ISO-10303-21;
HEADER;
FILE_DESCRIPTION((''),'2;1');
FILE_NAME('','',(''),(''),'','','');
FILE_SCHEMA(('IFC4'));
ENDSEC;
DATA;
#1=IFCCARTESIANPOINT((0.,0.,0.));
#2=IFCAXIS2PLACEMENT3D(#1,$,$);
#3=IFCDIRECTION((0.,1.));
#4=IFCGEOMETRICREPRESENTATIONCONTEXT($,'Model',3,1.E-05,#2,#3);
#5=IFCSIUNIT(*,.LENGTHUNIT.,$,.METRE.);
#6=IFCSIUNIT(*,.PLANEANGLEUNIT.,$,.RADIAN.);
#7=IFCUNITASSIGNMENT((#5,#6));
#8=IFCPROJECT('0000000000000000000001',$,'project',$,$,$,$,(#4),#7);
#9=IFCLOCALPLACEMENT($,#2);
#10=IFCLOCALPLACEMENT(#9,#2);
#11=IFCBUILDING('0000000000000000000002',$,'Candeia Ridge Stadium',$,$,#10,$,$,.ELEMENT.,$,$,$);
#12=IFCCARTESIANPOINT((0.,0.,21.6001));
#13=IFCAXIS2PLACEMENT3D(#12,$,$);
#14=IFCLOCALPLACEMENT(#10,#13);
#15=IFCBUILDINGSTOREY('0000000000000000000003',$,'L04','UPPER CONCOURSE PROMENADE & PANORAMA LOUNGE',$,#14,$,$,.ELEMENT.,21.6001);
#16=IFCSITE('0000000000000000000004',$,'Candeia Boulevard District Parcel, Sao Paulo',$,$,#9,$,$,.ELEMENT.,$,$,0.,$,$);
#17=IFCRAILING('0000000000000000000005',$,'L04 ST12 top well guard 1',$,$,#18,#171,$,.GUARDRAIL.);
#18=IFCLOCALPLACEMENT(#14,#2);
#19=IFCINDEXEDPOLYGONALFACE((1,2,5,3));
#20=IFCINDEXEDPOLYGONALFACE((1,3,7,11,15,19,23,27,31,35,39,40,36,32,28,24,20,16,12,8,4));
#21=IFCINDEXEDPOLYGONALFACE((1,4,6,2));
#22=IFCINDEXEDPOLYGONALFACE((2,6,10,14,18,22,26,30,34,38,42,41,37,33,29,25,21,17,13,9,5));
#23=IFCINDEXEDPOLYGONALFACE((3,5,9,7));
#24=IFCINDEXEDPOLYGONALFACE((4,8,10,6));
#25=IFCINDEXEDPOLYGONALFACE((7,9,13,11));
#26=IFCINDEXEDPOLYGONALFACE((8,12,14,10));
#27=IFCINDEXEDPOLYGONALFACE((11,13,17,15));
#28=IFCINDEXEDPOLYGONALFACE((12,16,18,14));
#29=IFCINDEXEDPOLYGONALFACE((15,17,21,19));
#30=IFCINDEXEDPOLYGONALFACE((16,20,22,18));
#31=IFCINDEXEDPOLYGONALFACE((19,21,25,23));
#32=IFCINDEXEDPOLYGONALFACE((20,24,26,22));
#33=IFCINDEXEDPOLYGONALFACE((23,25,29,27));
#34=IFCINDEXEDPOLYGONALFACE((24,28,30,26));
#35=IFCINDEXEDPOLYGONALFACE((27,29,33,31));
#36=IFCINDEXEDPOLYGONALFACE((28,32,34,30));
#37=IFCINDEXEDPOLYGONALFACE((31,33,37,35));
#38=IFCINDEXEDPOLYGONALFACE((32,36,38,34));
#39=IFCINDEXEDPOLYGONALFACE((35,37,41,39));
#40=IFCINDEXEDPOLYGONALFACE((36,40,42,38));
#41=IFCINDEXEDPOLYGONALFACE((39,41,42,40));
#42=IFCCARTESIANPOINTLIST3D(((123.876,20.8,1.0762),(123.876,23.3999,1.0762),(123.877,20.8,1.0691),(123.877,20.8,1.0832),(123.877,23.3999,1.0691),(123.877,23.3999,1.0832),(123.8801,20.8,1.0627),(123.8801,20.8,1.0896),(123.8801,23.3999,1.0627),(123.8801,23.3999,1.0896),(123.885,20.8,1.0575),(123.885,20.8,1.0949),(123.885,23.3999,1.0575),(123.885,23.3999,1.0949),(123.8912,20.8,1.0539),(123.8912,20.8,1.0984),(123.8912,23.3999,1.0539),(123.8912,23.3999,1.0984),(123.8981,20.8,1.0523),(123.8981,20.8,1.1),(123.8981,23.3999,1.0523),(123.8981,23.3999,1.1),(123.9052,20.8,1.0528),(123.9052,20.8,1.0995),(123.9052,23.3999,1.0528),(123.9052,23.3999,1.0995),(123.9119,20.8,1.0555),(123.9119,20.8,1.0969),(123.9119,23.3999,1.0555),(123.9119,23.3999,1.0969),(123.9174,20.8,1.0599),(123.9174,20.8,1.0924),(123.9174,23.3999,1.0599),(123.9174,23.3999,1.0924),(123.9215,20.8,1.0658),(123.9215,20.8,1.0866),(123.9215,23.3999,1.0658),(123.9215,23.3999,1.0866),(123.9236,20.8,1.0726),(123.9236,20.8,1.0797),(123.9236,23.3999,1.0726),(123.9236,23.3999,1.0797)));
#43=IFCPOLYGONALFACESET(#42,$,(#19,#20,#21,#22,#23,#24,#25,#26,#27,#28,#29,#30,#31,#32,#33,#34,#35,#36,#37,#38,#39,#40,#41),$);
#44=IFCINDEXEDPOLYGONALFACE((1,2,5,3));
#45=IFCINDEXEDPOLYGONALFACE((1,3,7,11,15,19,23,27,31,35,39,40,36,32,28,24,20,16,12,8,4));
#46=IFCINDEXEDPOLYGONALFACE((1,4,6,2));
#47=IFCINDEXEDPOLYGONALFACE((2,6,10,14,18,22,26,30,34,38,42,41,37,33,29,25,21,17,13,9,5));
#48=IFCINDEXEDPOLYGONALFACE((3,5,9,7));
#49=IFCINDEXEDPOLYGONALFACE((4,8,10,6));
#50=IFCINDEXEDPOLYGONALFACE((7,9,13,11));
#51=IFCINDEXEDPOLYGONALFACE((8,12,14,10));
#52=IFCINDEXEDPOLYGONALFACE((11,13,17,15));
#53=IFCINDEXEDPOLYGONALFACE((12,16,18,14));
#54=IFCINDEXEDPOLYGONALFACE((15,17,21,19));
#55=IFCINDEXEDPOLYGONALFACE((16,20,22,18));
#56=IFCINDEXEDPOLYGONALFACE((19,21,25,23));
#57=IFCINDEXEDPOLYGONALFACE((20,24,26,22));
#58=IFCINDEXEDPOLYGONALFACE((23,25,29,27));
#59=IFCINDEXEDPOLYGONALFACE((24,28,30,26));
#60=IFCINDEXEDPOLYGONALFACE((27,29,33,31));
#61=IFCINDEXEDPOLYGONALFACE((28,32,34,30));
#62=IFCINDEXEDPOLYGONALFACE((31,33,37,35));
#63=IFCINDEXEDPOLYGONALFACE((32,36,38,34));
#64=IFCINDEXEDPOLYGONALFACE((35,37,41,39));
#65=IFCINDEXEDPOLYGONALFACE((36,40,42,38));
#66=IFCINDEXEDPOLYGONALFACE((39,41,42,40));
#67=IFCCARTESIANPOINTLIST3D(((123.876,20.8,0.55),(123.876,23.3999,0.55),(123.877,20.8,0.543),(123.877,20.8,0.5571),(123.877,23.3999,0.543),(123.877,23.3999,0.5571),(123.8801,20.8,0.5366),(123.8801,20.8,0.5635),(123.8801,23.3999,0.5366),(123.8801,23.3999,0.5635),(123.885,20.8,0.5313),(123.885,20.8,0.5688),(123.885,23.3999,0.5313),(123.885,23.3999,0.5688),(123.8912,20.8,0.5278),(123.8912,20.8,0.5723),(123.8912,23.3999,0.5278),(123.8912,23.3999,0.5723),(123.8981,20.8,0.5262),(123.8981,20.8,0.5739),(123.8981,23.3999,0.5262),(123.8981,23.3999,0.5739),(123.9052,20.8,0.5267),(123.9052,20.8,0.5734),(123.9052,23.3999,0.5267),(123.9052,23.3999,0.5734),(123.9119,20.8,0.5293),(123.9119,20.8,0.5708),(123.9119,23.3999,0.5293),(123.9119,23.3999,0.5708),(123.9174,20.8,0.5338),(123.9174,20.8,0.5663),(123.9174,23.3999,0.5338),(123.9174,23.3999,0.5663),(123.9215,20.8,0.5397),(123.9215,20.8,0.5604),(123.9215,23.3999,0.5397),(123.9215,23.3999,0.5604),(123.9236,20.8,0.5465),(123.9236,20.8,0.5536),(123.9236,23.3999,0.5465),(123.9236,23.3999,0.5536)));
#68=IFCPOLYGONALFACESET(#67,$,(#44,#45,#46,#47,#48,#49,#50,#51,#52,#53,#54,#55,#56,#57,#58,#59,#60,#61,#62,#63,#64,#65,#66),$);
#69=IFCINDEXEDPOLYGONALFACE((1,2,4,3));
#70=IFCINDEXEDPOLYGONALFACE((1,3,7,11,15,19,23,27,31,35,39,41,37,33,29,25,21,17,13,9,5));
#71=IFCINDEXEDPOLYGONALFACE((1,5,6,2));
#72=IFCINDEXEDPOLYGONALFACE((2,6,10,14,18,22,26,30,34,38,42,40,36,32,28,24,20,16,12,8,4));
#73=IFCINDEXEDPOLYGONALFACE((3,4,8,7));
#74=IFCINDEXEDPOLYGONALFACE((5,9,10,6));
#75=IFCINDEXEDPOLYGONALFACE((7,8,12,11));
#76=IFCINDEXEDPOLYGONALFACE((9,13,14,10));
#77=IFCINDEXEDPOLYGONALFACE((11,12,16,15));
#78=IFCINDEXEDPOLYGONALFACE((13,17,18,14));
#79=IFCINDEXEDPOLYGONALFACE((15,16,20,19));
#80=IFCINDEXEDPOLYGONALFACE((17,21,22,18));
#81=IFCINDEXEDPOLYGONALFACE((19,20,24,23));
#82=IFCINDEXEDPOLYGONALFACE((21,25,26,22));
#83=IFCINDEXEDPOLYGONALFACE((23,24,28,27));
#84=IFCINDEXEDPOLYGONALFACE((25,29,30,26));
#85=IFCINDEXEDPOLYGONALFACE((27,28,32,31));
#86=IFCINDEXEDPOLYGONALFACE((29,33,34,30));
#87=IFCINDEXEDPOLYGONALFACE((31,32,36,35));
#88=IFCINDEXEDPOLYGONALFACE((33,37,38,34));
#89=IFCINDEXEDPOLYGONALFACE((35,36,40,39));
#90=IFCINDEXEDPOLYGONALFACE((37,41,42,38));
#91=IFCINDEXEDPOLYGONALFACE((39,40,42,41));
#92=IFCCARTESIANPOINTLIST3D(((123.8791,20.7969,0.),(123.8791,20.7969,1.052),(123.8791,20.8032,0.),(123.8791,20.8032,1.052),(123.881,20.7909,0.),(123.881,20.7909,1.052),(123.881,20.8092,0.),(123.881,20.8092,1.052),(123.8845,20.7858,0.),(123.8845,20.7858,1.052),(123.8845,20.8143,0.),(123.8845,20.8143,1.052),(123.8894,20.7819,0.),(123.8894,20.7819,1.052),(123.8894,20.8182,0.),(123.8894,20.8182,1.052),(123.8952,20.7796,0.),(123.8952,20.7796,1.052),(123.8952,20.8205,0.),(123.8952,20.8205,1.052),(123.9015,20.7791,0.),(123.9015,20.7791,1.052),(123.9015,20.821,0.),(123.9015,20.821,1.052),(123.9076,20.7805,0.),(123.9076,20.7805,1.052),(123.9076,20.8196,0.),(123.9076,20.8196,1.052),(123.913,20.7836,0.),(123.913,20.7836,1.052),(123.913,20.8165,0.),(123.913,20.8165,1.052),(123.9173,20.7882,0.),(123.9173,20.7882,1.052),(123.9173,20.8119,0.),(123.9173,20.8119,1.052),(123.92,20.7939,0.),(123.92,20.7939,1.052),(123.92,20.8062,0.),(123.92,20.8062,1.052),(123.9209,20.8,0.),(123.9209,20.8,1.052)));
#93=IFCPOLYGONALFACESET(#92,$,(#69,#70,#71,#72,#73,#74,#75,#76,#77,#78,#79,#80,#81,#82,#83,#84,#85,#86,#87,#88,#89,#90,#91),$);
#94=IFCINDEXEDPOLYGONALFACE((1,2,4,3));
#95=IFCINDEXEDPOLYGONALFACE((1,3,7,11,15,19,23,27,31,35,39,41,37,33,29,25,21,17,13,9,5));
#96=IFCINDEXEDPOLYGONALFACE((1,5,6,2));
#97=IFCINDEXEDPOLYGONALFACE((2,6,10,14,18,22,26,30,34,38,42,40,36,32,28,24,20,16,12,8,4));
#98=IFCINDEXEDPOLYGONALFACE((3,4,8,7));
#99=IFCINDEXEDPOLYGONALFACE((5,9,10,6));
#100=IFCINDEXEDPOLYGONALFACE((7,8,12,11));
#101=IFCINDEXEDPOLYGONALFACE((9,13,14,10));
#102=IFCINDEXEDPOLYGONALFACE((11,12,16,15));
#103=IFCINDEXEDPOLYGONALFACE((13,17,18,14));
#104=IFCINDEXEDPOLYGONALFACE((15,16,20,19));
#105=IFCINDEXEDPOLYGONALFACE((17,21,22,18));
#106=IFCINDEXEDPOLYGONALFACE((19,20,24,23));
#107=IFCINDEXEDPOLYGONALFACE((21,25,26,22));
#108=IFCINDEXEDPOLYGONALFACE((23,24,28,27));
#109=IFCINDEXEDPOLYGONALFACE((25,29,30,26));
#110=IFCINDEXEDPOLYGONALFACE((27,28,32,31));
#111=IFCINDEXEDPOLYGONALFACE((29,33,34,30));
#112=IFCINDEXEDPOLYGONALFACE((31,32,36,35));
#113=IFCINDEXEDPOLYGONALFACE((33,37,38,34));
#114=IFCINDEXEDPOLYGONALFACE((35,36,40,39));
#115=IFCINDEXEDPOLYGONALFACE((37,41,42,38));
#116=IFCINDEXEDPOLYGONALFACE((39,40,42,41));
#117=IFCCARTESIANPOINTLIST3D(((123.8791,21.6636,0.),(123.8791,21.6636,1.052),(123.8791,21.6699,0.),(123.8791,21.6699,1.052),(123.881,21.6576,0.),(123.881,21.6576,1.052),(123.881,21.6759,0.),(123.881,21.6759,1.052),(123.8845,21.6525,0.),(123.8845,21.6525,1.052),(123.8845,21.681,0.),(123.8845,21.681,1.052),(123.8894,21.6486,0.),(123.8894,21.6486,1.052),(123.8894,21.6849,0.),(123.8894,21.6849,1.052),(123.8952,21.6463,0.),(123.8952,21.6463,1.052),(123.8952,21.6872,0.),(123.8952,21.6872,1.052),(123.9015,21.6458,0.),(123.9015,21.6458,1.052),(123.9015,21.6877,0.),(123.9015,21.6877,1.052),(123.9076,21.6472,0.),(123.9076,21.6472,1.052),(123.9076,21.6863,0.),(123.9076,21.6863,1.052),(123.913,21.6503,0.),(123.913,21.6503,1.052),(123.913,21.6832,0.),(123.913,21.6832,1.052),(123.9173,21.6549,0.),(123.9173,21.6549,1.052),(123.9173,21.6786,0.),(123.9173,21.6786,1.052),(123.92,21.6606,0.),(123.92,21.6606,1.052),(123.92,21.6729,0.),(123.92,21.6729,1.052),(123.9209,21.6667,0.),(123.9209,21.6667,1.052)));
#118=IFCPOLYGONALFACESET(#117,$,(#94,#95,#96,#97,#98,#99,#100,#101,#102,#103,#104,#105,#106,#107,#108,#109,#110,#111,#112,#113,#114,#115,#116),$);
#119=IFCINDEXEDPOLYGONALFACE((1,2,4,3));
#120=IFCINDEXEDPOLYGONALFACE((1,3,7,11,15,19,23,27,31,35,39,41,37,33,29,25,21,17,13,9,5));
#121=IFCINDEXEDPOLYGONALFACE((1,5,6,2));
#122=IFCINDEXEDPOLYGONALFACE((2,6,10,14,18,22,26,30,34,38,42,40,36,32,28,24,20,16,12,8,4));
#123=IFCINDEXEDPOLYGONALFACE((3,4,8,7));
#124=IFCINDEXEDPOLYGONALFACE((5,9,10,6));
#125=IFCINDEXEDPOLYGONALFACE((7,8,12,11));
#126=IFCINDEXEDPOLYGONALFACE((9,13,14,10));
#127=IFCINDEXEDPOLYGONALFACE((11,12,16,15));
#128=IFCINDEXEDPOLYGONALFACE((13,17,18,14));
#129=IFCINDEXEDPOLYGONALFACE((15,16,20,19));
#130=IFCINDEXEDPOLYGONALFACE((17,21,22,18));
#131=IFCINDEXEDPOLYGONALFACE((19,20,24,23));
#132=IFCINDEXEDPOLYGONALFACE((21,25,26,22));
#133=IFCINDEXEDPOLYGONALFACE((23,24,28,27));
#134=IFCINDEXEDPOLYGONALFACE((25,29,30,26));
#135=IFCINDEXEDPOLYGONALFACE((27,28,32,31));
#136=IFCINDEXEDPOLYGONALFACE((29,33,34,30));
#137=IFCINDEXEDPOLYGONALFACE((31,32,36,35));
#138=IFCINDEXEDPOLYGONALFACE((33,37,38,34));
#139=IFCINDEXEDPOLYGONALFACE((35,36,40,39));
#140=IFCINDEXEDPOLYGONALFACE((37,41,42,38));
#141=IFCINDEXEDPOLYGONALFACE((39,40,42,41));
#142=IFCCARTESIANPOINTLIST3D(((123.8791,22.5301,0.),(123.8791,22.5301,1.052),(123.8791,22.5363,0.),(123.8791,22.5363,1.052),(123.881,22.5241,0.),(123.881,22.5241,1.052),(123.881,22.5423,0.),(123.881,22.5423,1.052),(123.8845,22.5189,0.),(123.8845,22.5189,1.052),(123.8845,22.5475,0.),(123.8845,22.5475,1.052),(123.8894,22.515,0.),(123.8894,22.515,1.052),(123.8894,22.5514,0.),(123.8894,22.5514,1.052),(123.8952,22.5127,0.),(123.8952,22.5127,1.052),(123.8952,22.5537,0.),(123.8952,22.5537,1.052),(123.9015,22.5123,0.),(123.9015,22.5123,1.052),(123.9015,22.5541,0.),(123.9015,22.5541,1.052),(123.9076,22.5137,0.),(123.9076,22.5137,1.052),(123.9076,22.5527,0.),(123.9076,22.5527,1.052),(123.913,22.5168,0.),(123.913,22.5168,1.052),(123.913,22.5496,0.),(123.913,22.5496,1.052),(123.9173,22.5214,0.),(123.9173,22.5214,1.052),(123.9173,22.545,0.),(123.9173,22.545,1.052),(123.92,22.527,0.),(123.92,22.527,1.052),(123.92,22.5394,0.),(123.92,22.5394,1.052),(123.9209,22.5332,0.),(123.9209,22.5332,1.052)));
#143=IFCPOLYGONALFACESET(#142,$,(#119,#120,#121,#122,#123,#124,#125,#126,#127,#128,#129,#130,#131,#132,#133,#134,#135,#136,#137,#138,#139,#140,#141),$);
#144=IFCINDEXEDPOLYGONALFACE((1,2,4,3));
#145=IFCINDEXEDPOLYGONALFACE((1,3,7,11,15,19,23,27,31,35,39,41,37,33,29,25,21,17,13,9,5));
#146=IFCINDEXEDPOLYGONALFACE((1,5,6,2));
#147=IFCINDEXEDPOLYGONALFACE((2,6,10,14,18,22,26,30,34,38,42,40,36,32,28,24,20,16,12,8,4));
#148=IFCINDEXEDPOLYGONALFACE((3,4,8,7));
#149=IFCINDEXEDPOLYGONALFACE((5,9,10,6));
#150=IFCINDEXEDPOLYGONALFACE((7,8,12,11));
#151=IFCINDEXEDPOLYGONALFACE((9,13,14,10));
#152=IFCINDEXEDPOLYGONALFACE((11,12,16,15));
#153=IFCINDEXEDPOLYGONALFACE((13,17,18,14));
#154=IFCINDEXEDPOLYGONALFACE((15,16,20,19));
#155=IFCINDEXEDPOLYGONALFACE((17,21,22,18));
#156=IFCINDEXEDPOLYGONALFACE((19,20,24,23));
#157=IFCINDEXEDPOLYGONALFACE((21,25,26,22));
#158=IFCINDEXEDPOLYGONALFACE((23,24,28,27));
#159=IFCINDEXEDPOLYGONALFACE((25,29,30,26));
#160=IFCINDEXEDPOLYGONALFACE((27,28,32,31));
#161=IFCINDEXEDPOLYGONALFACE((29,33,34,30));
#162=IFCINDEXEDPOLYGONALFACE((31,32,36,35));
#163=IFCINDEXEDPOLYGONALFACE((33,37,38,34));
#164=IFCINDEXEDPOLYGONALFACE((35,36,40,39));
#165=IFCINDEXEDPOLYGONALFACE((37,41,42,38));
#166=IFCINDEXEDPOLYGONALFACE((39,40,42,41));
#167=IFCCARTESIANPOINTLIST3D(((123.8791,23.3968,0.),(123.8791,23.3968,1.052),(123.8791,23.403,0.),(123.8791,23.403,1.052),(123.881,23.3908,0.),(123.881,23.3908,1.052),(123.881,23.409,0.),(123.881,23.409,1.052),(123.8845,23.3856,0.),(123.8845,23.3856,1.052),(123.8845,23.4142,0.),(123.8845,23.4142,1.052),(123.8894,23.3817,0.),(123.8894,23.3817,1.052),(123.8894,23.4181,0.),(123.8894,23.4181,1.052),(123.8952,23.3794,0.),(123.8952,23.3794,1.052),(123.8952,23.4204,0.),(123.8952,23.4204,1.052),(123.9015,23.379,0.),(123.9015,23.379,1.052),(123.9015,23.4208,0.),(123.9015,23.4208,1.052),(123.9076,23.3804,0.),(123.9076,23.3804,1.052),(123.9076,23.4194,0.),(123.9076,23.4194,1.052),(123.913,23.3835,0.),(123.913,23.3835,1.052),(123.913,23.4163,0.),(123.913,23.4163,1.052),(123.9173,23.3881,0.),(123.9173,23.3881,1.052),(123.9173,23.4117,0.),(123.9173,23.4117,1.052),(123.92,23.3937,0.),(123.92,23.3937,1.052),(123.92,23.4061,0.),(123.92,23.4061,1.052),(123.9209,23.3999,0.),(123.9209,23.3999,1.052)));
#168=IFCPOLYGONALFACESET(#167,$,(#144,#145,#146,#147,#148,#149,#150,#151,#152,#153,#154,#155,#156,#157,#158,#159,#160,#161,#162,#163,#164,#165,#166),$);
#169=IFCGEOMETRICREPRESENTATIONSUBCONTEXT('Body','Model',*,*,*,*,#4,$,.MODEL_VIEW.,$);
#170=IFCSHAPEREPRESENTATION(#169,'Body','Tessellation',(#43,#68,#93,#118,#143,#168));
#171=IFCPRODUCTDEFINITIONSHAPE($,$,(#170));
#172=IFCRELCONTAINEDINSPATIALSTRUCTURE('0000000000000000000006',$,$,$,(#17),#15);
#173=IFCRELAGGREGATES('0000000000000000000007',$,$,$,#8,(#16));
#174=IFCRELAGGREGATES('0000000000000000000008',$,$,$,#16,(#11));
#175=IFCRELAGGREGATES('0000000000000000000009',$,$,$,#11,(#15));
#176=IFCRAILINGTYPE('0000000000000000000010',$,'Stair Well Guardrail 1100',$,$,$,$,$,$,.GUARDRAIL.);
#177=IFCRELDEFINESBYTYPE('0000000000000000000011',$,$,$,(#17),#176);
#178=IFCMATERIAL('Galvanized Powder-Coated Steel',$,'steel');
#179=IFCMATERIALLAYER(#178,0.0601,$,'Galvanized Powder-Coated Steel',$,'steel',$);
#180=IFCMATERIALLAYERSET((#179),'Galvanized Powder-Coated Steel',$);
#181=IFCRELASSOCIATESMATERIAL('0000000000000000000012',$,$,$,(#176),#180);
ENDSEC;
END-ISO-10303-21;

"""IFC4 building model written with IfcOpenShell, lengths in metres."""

from ifc_helpers import new_model, si_unit, direction, frame, origin, origin_2d, place, context, subcontext, project, spatial, circle, extrude, material, layer, layer_set, type_object, element, save


model = new_model("IFC4")

# Units and contexts
model_context = context("Model", 3, precision=1e-05, world=origin(), true_north=direction((0.0, 1.0)))
body_context = subcontext(model_context, "Body", "Model", "MODEL_VIEW")
ifc_project = project(units=[si_unit("LENGTHUNIT", "METRE"), si_unit("PLANEANGLEUNIT", "RADIAN")], contexts=[model_context])

# Site, building, storey
site_placement = place(None, origin())
site = spatial("IfcSite", under=ifc_project, at=site_placement, Name="Candeia Boulevard District Parcel, Sao Paulo", CompositionType="ELEMENT", RefElevation=0.0)
building_placement = place(site_placement, origin())
building = spatial("IfcBuilding", under=site, at=building_placement, Name="Candeia Ridge Stadium", CompositionType="ELEMENT")
storey_placement = place(building_placement, frame((0.0, 0.0, 21.6001)))
storey = spatial("IfcBuildingStorey", under=building, at=storey_placement, Name="L04", Description="UPPER CONCOURSE PROMENADE & PANORAMA LOUNGE", CompositionType="ELEMENT", Elevation=21.6001)

# Railing
ifc_material_1 = material(Name="Galvanized Powder-Coated Steel", Category="steel")
ifc_layer_1 = layer(ifc_material_1, 0.0601, Name="Galvanized Powder-Coated Steel", Category="steel")
ifc_layer_set_1 = layer_set([ifc_layer_1], Name="Galvanized Powder-Coated Steel")
railing_type_1 = type_object("IfcRailingType", Name="Stair Well Guardrail 1100", PredefinedType="GUARDRAIL", material=ifc_layer_set_1)
railing_1_placement = place(storey_placement, frame((123.8999, 20.8, 0.0)))
element("IfcRailing", 1, at=railing_1_placement, inside=storey, type_object=railing_type_1, Name="L04 ST12 top well guard 1", PredefinedType="GUARDRAIL", context=body_context, shape_type="SweptSolid", body=[
    extrude(circle(Radius=0.0239, at=origin_2d()), frame((0.0, 0.0, 1.0762), z_axis=(0.0, 1.0, 0.0), x_axis=(-1.0, 0.0, 0.0)), (0.0, 0.0, 1.0), 2.5999),
    extrude(circle(Radius=0.0239, at=origin_2d()), frame((0.0, 0.0, 0.55), z_axis=(0.0, 1.0, 0.0), x_axis=(-1.0, 0.0, 0.0)), (0.0, 0.0, 1.0), 2.5999),
    extrude(circle(Radius=0.021, at=origin_2d()), origin(), (0.0, 0.0, 1.0), 1.052),
    extrude(circle(Radius=0.021, at=origin_2d()), frame((0.0, 0.8667, 0.0)), (0.0, 0.0, 1.0), 1.052),
    extrude(circle(Radius=0.021, at=origin_2d()), frame((0.0, 1.7332, 0.0)), (0.0, 0.0, 1.0), 1.052),
    extrude(circle(Radius=0.021, at=origin_2d()), frame((0.0, 2.5999, 0.0)), (0.0, 0.0, 1.0), 1.052),
])

save(model, "model.ifc")
